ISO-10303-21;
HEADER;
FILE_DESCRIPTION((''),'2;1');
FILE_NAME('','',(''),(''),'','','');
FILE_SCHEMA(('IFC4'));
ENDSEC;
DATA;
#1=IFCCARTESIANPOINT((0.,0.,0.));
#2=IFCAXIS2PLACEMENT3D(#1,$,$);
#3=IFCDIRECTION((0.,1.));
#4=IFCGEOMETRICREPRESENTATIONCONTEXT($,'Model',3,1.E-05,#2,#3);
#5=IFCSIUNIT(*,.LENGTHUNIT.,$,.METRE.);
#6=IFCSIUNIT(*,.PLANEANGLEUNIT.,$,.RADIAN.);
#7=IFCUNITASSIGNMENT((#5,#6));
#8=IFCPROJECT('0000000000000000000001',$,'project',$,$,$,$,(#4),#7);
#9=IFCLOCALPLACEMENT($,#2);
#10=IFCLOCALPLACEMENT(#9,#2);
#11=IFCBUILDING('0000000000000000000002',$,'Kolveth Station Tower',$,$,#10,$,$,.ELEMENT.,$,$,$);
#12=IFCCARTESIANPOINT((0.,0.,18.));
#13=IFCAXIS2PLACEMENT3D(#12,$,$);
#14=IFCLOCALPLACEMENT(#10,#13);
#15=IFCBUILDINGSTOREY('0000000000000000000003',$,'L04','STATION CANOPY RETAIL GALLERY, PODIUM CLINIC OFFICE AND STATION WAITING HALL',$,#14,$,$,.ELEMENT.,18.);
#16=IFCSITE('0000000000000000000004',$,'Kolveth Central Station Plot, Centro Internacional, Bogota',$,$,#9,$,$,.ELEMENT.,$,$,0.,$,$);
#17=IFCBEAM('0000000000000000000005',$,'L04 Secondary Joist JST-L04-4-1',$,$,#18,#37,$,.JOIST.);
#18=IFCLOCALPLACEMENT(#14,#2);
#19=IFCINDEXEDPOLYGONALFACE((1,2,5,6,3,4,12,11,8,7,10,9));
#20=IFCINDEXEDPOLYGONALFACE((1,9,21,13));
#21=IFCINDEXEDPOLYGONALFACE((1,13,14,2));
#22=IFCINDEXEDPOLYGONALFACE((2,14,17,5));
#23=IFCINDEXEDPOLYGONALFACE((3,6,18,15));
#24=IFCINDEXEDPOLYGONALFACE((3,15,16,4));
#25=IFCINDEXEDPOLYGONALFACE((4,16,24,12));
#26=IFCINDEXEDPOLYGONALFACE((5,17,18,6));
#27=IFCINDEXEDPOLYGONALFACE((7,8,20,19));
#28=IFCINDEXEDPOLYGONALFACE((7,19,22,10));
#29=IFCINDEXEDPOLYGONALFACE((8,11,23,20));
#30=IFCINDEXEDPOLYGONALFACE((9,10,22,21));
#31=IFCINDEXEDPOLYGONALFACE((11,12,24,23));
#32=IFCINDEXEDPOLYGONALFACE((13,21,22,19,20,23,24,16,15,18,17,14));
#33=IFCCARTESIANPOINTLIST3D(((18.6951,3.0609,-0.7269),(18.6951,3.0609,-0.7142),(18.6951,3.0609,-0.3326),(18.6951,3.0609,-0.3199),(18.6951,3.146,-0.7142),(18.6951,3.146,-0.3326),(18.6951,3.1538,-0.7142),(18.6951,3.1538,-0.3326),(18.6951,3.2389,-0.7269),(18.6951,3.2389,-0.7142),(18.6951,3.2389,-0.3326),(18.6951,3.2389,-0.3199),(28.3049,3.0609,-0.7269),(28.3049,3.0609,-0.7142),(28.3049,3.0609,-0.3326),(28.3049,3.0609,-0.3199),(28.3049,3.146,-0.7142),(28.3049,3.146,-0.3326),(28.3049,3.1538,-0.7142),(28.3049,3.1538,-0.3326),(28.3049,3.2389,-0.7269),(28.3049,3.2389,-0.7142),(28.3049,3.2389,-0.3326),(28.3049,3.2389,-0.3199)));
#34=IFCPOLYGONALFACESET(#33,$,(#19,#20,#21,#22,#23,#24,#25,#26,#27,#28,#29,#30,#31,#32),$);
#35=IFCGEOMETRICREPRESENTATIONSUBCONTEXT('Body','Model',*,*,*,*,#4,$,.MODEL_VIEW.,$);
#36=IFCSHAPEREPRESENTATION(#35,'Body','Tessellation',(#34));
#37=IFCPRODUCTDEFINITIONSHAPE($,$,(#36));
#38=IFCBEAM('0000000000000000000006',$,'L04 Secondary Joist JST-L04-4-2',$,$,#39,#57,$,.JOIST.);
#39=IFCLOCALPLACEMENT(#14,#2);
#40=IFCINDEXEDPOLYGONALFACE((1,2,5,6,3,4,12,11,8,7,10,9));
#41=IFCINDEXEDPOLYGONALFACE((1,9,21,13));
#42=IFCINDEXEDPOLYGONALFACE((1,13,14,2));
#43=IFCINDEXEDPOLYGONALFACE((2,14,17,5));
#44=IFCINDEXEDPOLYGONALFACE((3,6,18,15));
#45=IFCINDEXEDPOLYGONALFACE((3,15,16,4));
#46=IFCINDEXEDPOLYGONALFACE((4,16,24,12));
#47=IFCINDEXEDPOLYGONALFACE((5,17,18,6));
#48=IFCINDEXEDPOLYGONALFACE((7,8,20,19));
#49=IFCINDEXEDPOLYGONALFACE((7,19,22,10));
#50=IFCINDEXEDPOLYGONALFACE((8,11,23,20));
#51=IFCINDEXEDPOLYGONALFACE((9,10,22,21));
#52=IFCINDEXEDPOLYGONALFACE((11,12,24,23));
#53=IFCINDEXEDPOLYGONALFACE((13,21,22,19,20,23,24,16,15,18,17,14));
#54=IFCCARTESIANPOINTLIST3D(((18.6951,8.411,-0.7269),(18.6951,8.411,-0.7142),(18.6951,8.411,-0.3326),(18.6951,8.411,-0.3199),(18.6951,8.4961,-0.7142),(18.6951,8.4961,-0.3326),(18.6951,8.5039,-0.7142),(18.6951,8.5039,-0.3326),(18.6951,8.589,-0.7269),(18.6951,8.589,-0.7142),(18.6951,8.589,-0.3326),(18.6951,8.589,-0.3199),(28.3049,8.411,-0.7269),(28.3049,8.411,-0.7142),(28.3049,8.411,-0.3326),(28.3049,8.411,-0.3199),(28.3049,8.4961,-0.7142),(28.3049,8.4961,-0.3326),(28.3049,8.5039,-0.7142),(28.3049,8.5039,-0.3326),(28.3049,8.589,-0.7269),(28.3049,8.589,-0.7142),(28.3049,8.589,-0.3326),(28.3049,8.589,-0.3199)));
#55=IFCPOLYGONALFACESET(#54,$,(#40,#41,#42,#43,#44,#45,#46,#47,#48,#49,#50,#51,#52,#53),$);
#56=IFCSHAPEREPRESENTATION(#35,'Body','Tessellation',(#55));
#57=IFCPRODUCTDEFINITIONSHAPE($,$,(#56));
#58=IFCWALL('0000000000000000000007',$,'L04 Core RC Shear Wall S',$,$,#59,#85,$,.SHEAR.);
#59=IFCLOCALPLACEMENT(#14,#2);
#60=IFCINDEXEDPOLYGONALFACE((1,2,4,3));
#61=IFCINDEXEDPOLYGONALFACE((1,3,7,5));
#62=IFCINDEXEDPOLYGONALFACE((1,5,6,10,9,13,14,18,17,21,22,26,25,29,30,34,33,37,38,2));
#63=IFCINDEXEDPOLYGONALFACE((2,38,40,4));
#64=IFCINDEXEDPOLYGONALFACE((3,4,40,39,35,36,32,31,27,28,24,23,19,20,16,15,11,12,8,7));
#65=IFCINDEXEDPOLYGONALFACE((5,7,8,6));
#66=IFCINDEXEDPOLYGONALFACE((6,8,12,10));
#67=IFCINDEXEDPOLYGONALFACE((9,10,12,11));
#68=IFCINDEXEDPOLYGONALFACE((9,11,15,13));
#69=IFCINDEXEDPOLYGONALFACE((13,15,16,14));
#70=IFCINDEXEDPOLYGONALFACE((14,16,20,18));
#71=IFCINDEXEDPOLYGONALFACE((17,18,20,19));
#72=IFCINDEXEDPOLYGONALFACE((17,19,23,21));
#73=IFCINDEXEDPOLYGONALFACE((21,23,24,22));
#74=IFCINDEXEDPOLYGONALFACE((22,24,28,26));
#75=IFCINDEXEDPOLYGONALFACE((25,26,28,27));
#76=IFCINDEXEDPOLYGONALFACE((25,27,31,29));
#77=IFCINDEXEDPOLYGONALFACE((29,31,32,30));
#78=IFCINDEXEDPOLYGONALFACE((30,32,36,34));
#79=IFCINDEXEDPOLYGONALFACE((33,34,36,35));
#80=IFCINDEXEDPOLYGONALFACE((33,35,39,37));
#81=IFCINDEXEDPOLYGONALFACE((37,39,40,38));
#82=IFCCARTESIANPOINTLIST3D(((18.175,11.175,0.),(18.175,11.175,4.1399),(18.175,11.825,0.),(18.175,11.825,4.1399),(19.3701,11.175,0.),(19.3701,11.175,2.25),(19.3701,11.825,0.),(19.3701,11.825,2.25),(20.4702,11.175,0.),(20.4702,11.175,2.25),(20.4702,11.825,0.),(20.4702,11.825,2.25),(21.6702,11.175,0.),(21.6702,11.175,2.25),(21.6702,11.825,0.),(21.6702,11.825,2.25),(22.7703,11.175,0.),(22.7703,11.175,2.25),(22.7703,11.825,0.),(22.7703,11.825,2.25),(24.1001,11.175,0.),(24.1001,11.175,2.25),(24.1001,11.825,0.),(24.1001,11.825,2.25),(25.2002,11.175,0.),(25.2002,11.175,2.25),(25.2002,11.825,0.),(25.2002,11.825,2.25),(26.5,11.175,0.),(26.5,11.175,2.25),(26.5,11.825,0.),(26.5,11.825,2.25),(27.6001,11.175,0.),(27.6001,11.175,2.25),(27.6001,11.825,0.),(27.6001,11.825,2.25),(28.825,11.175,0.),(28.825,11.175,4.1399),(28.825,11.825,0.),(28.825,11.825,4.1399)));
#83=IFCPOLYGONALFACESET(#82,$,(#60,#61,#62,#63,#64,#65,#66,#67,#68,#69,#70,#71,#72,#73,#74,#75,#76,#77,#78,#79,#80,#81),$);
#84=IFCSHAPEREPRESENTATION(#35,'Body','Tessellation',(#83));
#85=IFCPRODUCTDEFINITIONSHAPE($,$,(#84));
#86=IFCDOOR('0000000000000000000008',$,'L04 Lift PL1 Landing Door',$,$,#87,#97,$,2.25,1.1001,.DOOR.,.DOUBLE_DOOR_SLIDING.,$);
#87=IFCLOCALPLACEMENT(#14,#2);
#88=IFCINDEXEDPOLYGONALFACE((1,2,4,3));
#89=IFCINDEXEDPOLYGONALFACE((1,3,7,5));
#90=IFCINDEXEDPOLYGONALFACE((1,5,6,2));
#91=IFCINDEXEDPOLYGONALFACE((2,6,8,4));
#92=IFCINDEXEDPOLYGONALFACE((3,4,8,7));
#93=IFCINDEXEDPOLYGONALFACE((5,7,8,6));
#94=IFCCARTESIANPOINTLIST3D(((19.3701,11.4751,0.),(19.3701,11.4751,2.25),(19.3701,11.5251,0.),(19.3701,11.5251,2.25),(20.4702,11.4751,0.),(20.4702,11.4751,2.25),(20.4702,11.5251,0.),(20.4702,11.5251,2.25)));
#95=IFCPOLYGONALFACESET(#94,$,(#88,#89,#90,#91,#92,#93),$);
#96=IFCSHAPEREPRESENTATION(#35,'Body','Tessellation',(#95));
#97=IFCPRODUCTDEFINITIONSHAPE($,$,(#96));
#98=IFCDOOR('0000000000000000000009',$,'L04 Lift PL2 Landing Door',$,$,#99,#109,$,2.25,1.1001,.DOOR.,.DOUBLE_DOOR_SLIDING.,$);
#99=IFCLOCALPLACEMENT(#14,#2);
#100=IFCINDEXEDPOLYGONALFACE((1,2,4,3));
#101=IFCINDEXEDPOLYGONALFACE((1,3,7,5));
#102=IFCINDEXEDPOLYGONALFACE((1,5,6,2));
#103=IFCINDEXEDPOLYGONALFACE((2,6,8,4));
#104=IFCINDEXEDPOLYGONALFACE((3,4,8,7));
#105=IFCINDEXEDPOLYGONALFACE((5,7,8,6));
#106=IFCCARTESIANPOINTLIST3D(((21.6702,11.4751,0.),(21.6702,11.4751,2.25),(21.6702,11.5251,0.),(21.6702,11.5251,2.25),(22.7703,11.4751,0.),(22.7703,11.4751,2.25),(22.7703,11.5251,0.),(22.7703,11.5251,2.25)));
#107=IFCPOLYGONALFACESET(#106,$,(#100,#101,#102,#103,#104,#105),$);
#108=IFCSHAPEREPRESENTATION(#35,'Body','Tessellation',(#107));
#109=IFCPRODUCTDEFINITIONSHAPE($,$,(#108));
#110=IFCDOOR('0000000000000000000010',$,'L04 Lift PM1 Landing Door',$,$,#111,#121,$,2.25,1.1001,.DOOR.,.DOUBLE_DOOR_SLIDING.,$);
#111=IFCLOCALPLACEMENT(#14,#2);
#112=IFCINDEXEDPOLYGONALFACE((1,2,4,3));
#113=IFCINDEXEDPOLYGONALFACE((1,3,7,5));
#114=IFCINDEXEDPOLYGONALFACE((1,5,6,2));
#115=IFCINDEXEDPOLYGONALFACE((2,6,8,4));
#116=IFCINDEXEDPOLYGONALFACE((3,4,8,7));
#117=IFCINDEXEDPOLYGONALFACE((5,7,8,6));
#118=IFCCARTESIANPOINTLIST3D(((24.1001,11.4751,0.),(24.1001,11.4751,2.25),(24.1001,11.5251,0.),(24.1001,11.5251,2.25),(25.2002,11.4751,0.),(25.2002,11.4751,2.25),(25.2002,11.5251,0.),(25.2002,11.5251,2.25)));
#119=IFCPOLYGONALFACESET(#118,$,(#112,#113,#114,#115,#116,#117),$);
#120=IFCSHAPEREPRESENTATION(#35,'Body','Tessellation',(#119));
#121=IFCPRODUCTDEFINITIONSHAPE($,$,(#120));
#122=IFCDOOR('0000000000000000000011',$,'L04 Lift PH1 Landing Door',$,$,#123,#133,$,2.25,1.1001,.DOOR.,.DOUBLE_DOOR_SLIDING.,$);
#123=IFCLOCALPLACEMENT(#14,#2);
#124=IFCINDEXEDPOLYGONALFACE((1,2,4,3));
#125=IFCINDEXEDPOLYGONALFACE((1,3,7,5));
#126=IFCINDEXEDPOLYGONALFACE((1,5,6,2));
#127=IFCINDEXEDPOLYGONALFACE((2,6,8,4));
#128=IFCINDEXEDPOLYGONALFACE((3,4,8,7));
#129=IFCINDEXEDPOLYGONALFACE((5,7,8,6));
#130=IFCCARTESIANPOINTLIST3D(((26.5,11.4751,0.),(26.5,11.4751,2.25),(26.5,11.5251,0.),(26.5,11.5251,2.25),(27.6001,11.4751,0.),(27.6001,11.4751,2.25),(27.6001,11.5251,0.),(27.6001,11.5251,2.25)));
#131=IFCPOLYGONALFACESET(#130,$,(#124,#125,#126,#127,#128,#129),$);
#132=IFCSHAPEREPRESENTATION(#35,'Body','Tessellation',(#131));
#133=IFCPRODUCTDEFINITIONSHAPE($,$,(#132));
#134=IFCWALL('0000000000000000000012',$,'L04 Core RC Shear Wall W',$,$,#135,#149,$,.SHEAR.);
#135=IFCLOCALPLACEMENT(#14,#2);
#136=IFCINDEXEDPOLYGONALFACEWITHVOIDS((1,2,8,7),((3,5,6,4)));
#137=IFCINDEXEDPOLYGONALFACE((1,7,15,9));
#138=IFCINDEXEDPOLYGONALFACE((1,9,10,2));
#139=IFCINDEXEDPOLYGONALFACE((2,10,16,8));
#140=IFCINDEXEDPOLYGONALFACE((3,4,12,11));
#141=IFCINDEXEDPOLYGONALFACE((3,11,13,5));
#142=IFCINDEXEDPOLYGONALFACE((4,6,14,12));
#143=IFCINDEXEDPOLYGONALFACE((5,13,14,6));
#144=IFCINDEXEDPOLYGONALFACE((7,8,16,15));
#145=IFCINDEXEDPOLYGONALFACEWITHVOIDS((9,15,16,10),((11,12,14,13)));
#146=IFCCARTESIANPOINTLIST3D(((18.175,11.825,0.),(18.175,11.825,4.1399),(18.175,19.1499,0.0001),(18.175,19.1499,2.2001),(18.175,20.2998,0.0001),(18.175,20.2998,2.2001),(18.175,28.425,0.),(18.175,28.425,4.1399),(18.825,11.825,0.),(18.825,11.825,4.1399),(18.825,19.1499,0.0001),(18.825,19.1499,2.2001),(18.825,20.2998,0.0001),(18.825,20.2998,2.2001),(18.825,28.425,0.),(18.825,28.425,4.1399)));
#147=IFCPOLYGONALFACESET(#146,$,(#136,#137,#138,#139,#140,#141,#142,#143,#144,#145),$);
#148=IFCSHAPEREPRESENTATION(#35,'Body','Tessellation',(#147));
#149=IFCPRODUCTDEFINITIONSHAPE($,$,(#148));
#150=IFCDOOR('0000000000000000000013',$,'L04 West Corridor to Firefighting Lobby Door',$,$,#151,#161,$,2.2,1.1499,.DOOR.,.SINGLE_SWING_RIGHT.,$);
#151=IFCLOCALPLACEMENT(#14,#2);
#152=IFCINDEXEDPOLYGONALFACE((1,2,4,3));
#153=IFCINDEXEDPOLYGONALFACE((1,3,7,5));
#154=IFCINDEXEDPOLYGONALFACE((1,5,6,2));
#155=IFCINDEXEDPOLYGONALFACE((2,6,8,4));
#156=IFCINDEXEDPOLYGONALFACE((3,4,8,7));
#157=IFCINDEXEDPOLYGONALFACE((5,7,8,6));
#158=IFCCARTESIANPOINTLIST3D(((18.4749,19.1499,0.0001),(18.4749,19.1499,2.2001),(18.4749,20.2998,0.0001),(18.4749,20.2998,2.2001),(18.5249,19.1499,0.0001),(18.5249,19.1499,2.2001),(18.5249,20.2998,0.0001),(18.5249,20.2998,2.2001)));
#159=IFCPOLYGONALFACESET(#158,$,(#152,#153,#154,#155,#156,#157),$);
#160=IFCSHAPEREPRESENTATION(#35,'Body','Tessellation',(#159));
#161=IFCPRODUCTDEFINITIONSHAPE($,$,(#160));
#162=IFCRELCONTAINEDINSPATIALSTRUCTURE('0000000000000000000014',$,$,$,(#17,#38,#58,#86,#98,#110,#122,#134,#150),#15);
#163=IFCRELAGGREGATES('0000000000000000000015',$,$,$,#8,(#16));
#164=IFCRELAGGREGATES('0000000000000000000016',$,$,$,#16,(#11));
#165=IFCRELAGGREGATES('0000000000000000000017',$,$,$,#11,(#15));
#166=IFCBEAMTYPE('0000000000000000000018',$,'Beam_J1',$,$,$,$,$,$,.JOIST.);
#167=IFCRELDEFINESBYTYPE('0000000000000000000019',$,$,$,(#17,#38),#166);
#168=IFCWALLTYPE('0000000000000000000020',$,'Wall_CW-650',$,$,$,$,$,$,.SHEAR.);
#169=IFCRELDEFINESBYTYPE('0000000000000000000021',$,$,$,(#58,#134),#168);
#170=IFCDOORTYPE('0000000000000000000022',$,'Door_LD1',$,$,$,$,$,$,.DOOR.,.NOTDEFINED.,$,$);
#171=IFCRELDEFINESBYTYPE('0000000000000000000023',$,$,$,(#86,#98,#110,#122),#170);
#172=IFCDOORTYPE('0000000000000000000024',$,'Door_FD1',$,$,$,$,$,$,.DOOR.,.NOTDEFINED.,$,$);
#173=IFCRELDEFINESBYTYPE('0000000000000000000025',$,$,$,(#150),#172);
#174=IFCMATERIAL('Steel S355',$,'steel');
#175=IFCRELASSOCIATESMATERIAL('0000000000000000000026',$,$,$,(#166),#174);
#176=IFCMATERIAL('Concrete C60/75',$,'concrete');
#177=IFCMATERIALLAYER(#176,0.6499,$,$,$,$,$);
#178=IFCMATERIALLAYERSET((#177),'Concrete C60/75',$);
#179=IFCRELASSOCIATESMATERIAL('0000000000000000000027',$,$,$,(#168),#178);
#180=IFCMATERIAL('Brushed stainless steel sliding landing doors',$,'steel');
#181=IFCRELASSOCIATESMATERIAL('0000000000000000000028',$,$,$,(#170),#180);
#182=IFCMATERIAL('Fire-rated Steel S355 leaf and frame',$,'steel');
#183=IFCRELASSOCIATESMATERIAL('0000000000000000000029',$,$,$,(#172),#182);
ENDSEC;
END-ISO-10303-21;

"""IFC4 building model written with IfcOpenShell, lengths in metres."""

from ifc_helpers import new_model, si_unit, direction, frame, frame_2d, origin, origin_2d, place, context, subcontext, project, spatial, rectangle, i_section, extrude, source, transform, mapped, material, layer, layer_set, material_profile, profile_set, type_object, element, fill, save


model = new_model("IFC4")

# Units and contexts
model_context = context("Model", 3, precision=1e-05, world=origin(), true_north=direction((0.0, 1.0)))
body_context = subcontext(model_context, "Body", "Model", "MODEL_VIEW")
ifc_project = project(units=[si_unit("LENGTHUNIT", "METRE"), si_unit("PLANEANGLEUNIT", "RADIAN")], contexts=[model_context])

# Site, building, storey
site_placement = place(None, origin())
site = spatial("IfcSite", under=ifc_project, at=site_placement, Name="Kolveth Central Station Plot, Centro Internacional, Bogota", CompositionType="ELEMENT", RefElevation=0.0)
building_placement = place(site_placement, origin())
building = spatial("IfcBuilding", under=site, at=building_placement, Name="Kolveth Station Tower", CompositionType="ELEMENT")
storey_placement = place(building_placement, frame((0.0, 0.0, 18.0)))
storey = spatial("IfcBuildingStorey", under=building, at=storey_placement, Name="L04", Description="STATION CANOPY RETAIL GALLERY, PODIUM CLINIC OFFICE AND STATION WAITING HALL", CompositionType="ELEMENT", Elevation=18.0)

# Beams
ifc_material_1 = material(Name="Steel S355", Category="steel")
ifc_material_2 = material(Name="Concrete C60/75", Category="concrete")
ifc_material_profile_1 = material_profile(ifc_material_1, i_section(OverallWidth=0.178, OverallDepth=0.407, WebThickness=0.0078, FlangeThickness=0.0127, at=origin_2d()), Name="W410x60")
ifc_profile_set_1 = profile_set([ifc_material_profile_1], Name="Steel S355")
beam_type_1 = type_object("IfcBeamType", Name="Beam_J1", PredefinedType="JOIST", material=ifc_profile_set_1)
shared_shape_1 = source(origin(), body_context, "Body", "SweptSolid", [
    extrude(i_section(OverallWidth=0.178, OverallDepth=0.407, WebThickness=0.0078, FlangeThickness=0.0127, at=origin_2d()), origin(), (0.0, 0.0, 1.0), 9.6099),
])
for number, where, z_axis, x_axis, name in (
    (1, (18.6951, 3.1499, -0.5234), (1.0, 0.0, 0.0), (0.0, 1.0, 0.0), "L04 Secondary Joist JST-L04-4-1"),
    (2, (18.6951, 8.5, -0.5234), (1.0, 0.0, 0.0), (0.0, 1.0, 0.0), "L04 Secondary Joist JST-L04-4-2"),
):
    element("IfcBeam", number, at=place(storey_placement, frame(where, z_axis=z_axis, x_axis=x_axis)), inside=storey, type_object=beam_type_1, Name=name, PredefinedType="JOIST", context=body_context, shape_type="MappedRepresentation", body=[
        mapped(shared_shape_1, transform((0.0, 0.0, 0.0), x_axis=(1.0, 0.0, 0.0), y_axis=(0.0, 1.0, 0.0), z_axis=(0.0, 0.0, 1.0), scale=1.0)),
    ])

# Wall, openings, doors
ifc_layer_1 = layer(ifc_material_2, 0.6499)
ifc_layer_set_1 = layer_set([ifc_layer_1], Name="Concrete C60/75")
wall_type_1 = type_object("IfcWallType", Name="Wall_CW-650", PredefinedType="SHEAR", material=ifc_layer_set_1)
wall_1_placement = place(storey_placement, frame((18.175, 11.5, 0.0), z_axis=(0.0, 0.0, 1.0), x_axis=(1.0, 0.0, 0.0)))
wall_1 = element("IfcWall", 3, at=wall_1_placement, inside=storey, type_object=wall_type_1, Name="L04 Core RC Shear Wall S", PredefinedType="SHEAR", context=body_context, shape_type="SweptSolid", body=[
    extrude(rectangle(XDim=10.6499, YDim=0.6499, at=frame_2d((5.325, 0.0))), origin(), (0.0, 0.0, 1.0), 4.1399),
])
opening_1_placement = place(wall_1_placement, frame((1.1951, 0.0, 0.0)))
opening_1 = element("IfcOpeningElement", 4, at=opening_1_placement, cuts=wall_1, PredefinedType="OPENING", context=body_context, shape_type="SweptSolid", body=[
    extrude(rectangle(XDim=1.1001, YDim=2.25, at=frame_2d((0.55, 1.125))), frame((0.0, 0.335, 0.0), z_axis=(0.0, -1.0, 0.0), x_axis=(1.0, 0.0, 0.0)), (0.0, 0.0, 1.0), 0.6699),
])
opening_2_placement = place(wall_1_placement, frame((3.4951, 0.0, 0.0)))
opening_2 = element("IfcOpeningElement", 5, at=opening_2_placement, cuts=wall_1, PredefinedType="OPENING", context=body_context, shape_type="SweptSolid", body=[
    extrude(rectangle(XDim=1.1001, YDim=2.25, at=frame_2d((0.55, 1.125))), frame((0.0, 0.335, 0.0), z_axis=(0.0, -1.0, 0.0), x_axis=(1.0, 0.0, 0.0)), (0.0, 0.0, 1.0), 0.6699),
])
opening_3_placement = place(wall_1_placement, frame((5.925, 0.0, 0.0)))
opening_3 = element("IfcOpeningElement", 6, at=opening_3_placement, cuts=wall_1, PredefinedType="OPENING", context=body_context, shape_type="SweptSolid", body=[
    extrude(rectangle(XDim=1.1001, YDim=2.25, at=frame_2d((0.55, 1.125))), frame((0.0, 0.335, 0.0), z_axis=(0.0, -1.0, 0.0), x_axis=(1.0, 0.0, 0.0)), (0.0, 0.0, 1.0), 0.6699),
])
opening_4_placement = place(wall_1_placement, frame((8.325, 0.0, 0.0)))
opening_4 = element("IfcOpeningElement", 7, at=opening_4_placement, cuts=wall_1, PredefinedType="OPENING", context=body_context, shape_type="SweptSolid", body=[
    extrude(rectangle(XDim=1.1001, YDim=2.25, at=frame_2d((0.55, 1.125))), frame((0.0, 0.335, 0.0), z_axis=(0.0, -1.0, 0.0), x_axis=(1.0, 0.0, 0.0)), (0.0, 0.0, 1.0), 0.6699),
])
ifc_material_3 = material(Name="Brushed stainless steel sliding landing doors", Category="steel")
door_type_1 = type_object("IfcDoorType", Name="Door_LD1", OperationType="NOTDEFINED", PredefinedType="DOOR", material=ifc_material_3)
door_1_placement = place(opening_1_placement, frame((1.1001, 0.0, 0.0), z_axis=(0.0, 0.0, 1.0), x_axis=(-1.0, 0.0, 0.0)))
door_1 = element("IfcDoor", 8, at=door_1_placement, inside=storey, type_object=door_type_1, Name="L04 Lift PL1 Landing Door", OperationType="DOUBLE_DOOR_SLIDING", OverallHeight=2.25, OverallWidth=1.1001, PredefinedType="DOOR", context=body_context, shape_type="SweptSolid", body=[
    extrude(rectangle(XDim=1.1001, YDim=2.25, at=frame_2d((0.55, 1.125))), frame((0.0, 0.0249, 0.0), z_axis=(0.0, -1.0, 0.0), x_axis=(1.0, 0.0, 0.0)), (0.0, 0.0, 1.0), 0.05),
])
fill(opening_1, door_1)
door_2_placement = place(opening_2_placement, frame((1.1001, 0.0, 0.0), z_axis=(0.0, 0.0, 1.0), x_axis=(-1.0, 0.0, 0.0)))
door_2 = element("IfcDoor", 9, at=door_2_placement, inside=storey, type_object=door_type_1, Name="L04 Lift PL2 Landing Door", OperationType="DOUBLE_DOOR_SLIDING", OverallHeight=2.25, OverallWidth=1.1001, PredefinedType="DOOR", context=body_context, shape_type="SweptSolid", body=[
    extrude(rectangle(XDim=1.1001, YDim=2.25, at=frame_2d((0.55, 1.125))), frame((0.0, 0.0249, 0.0), z_axis=(0.0, -1.0, 0.0), x_axis=(1.0, 0.0, 0.0)), (0.0, 0.0, 1.0), 0.05),
])
fill(opening_2, door_2)
door_3_placement = place(opening_3_placement, frame((1.1001, 0.0, 0.0), z_axis=(0.0, 0.0, 1.0), x_axis=(-1.0, 0.0, 0.0)))
door_3 = element("IfcDoor", 10, at=door_3_placement, inside=storey, type_object=door_type_1, Name="L04 Lift PM1 Landing Door", OperationType="DOUBLE_DOOR_SLIDING", OverallHeight=2.25, OverallWidth=1.1001, PredefinedType="DOOR", context=body_context, shape_type="SweptSolid", body=[
    extrude(rectangle(XDim=1.1001, YDim=2.25, at=frame_2d((0.55, 1.125))), frame((0.0, 0.0249, 0.0), z_axis=(0.0, -1.0, 0.0), x_axis=(1.0, 0.0, 0.0)), (0.0, 0.0, 1.0), 0.05),
])
fill(opening_3, door_3)
door_4_placement = place(opening_4_placement, frame((1.1001, 0.0, 0.0), z_axis=(0.0, 0.0, 1.0), x_axis=(-1.0, 0.0, 0.0)))
door_4 = element("IfcDoor", 11, at=door_4_placement, inside=storey, type_object=door_type_1, Name="L04 Lift PH1 Landing Door", OperationType="DOUBLE_DOOR_SLIDING", OverallHeight=2.25, OverallWidth=1.1001, PredefinedType="DOOR", context=body_context, shape_type="SweptSolid", body=[
    extrude(rectangle(XDim=1.1001, YDim=2.25, at=frame_2d((0.55, 1.125))), frame((0.0, 0.0249, 0.0), z_axis=(0.0, -1.0, 0.0), x_axis=(1.0, 0.0, 0.0)), (0.0, 0.0, 1.0), 0.05),
])
fill(opening_4, door_4)

# Wall, opening, door
wall_2_placement = place(storey_placement, frame((18.5, 11.825, 0.0), z_axis=(0.0, 0.0, 1.0), x_axis=(0.0, 1.0, 0.0)))
wall_2 = element("IfcWall", 12, at=wall_2_placement, inside=storey, type_object=wall_type_1, Name="L04 Core RC Shear Wall W", PredefinedType="SHEAR", context=body_context, shape_type="SweptSolid", body=[
    extrude(rectangle(XDim=16.6001, YDim=0.6499, at=frame_2d((8.3, 0.0))), origin(), (0.0, 0.0, 1.0), 4.1399),
])
opening_5_placement = place(wall_2_placement, frame((7.325, 0.0, 0.0)))
opening_5 = element("IfcOpeningElement", 13, at=opening_5_placement, cuts=wall_2, PredefinedType="OPENING", context=body_context, shape_type="SweptSolid", body=[
    extrude(rectangle(XDim=1.1499, YDim=2.2, at=frame_2d((0.575, 1.1001))), frame((0.0, 0.335, 0.0), z_axis=(0.0, -1.0, 0.0), x_axis=(1.0, 0.0, 0.0)), (0.0, 0.0, 1.0), 0.6699),
])
ifc_material_4 = material(Name="Fire-rated Steel S355 leaf and frame", Category="steel")
door_type_2 = type_object("IfcDoorType", Name="Door_FD1", OperationType="NOTDEFINED", PredefinedType="DOOR", material=ifc_material_4)
door_5_placement = place(opening_5_placement, frame((1.1499, 0.0, 0.0), z_axis=(0.0, 0.0, 1.0), x_axis=(-1.0, 0.0, 0.0)))
door_5 = element("IfcDoor", 14, at=door_5_placement, inside=storey, type_object=door_type_2, Name="L04 West Corridor to Firefighting Lobby Door", OperationType="SINGLE_SWING_RIGHT", OverallHeight=2.2, OverallWidth=1.1499, PredefinedType="DOOR", context=body_context, shape_type="SweptSolid", body=[
    extrude(rectangle(XDim=1.1499, YDim=2.2, at=frame_2d((0.575, 1.1001))), frame((0.0, 0.0249, 0.0), z_axis=(0.0, -1.0, 0.0), x_axis=(1.0, 0.0, 0.0)), (0.0, 0.0, 1.0), 0.05),
])
fill(opening_5, door_5)

save(model, "model.ifc")
